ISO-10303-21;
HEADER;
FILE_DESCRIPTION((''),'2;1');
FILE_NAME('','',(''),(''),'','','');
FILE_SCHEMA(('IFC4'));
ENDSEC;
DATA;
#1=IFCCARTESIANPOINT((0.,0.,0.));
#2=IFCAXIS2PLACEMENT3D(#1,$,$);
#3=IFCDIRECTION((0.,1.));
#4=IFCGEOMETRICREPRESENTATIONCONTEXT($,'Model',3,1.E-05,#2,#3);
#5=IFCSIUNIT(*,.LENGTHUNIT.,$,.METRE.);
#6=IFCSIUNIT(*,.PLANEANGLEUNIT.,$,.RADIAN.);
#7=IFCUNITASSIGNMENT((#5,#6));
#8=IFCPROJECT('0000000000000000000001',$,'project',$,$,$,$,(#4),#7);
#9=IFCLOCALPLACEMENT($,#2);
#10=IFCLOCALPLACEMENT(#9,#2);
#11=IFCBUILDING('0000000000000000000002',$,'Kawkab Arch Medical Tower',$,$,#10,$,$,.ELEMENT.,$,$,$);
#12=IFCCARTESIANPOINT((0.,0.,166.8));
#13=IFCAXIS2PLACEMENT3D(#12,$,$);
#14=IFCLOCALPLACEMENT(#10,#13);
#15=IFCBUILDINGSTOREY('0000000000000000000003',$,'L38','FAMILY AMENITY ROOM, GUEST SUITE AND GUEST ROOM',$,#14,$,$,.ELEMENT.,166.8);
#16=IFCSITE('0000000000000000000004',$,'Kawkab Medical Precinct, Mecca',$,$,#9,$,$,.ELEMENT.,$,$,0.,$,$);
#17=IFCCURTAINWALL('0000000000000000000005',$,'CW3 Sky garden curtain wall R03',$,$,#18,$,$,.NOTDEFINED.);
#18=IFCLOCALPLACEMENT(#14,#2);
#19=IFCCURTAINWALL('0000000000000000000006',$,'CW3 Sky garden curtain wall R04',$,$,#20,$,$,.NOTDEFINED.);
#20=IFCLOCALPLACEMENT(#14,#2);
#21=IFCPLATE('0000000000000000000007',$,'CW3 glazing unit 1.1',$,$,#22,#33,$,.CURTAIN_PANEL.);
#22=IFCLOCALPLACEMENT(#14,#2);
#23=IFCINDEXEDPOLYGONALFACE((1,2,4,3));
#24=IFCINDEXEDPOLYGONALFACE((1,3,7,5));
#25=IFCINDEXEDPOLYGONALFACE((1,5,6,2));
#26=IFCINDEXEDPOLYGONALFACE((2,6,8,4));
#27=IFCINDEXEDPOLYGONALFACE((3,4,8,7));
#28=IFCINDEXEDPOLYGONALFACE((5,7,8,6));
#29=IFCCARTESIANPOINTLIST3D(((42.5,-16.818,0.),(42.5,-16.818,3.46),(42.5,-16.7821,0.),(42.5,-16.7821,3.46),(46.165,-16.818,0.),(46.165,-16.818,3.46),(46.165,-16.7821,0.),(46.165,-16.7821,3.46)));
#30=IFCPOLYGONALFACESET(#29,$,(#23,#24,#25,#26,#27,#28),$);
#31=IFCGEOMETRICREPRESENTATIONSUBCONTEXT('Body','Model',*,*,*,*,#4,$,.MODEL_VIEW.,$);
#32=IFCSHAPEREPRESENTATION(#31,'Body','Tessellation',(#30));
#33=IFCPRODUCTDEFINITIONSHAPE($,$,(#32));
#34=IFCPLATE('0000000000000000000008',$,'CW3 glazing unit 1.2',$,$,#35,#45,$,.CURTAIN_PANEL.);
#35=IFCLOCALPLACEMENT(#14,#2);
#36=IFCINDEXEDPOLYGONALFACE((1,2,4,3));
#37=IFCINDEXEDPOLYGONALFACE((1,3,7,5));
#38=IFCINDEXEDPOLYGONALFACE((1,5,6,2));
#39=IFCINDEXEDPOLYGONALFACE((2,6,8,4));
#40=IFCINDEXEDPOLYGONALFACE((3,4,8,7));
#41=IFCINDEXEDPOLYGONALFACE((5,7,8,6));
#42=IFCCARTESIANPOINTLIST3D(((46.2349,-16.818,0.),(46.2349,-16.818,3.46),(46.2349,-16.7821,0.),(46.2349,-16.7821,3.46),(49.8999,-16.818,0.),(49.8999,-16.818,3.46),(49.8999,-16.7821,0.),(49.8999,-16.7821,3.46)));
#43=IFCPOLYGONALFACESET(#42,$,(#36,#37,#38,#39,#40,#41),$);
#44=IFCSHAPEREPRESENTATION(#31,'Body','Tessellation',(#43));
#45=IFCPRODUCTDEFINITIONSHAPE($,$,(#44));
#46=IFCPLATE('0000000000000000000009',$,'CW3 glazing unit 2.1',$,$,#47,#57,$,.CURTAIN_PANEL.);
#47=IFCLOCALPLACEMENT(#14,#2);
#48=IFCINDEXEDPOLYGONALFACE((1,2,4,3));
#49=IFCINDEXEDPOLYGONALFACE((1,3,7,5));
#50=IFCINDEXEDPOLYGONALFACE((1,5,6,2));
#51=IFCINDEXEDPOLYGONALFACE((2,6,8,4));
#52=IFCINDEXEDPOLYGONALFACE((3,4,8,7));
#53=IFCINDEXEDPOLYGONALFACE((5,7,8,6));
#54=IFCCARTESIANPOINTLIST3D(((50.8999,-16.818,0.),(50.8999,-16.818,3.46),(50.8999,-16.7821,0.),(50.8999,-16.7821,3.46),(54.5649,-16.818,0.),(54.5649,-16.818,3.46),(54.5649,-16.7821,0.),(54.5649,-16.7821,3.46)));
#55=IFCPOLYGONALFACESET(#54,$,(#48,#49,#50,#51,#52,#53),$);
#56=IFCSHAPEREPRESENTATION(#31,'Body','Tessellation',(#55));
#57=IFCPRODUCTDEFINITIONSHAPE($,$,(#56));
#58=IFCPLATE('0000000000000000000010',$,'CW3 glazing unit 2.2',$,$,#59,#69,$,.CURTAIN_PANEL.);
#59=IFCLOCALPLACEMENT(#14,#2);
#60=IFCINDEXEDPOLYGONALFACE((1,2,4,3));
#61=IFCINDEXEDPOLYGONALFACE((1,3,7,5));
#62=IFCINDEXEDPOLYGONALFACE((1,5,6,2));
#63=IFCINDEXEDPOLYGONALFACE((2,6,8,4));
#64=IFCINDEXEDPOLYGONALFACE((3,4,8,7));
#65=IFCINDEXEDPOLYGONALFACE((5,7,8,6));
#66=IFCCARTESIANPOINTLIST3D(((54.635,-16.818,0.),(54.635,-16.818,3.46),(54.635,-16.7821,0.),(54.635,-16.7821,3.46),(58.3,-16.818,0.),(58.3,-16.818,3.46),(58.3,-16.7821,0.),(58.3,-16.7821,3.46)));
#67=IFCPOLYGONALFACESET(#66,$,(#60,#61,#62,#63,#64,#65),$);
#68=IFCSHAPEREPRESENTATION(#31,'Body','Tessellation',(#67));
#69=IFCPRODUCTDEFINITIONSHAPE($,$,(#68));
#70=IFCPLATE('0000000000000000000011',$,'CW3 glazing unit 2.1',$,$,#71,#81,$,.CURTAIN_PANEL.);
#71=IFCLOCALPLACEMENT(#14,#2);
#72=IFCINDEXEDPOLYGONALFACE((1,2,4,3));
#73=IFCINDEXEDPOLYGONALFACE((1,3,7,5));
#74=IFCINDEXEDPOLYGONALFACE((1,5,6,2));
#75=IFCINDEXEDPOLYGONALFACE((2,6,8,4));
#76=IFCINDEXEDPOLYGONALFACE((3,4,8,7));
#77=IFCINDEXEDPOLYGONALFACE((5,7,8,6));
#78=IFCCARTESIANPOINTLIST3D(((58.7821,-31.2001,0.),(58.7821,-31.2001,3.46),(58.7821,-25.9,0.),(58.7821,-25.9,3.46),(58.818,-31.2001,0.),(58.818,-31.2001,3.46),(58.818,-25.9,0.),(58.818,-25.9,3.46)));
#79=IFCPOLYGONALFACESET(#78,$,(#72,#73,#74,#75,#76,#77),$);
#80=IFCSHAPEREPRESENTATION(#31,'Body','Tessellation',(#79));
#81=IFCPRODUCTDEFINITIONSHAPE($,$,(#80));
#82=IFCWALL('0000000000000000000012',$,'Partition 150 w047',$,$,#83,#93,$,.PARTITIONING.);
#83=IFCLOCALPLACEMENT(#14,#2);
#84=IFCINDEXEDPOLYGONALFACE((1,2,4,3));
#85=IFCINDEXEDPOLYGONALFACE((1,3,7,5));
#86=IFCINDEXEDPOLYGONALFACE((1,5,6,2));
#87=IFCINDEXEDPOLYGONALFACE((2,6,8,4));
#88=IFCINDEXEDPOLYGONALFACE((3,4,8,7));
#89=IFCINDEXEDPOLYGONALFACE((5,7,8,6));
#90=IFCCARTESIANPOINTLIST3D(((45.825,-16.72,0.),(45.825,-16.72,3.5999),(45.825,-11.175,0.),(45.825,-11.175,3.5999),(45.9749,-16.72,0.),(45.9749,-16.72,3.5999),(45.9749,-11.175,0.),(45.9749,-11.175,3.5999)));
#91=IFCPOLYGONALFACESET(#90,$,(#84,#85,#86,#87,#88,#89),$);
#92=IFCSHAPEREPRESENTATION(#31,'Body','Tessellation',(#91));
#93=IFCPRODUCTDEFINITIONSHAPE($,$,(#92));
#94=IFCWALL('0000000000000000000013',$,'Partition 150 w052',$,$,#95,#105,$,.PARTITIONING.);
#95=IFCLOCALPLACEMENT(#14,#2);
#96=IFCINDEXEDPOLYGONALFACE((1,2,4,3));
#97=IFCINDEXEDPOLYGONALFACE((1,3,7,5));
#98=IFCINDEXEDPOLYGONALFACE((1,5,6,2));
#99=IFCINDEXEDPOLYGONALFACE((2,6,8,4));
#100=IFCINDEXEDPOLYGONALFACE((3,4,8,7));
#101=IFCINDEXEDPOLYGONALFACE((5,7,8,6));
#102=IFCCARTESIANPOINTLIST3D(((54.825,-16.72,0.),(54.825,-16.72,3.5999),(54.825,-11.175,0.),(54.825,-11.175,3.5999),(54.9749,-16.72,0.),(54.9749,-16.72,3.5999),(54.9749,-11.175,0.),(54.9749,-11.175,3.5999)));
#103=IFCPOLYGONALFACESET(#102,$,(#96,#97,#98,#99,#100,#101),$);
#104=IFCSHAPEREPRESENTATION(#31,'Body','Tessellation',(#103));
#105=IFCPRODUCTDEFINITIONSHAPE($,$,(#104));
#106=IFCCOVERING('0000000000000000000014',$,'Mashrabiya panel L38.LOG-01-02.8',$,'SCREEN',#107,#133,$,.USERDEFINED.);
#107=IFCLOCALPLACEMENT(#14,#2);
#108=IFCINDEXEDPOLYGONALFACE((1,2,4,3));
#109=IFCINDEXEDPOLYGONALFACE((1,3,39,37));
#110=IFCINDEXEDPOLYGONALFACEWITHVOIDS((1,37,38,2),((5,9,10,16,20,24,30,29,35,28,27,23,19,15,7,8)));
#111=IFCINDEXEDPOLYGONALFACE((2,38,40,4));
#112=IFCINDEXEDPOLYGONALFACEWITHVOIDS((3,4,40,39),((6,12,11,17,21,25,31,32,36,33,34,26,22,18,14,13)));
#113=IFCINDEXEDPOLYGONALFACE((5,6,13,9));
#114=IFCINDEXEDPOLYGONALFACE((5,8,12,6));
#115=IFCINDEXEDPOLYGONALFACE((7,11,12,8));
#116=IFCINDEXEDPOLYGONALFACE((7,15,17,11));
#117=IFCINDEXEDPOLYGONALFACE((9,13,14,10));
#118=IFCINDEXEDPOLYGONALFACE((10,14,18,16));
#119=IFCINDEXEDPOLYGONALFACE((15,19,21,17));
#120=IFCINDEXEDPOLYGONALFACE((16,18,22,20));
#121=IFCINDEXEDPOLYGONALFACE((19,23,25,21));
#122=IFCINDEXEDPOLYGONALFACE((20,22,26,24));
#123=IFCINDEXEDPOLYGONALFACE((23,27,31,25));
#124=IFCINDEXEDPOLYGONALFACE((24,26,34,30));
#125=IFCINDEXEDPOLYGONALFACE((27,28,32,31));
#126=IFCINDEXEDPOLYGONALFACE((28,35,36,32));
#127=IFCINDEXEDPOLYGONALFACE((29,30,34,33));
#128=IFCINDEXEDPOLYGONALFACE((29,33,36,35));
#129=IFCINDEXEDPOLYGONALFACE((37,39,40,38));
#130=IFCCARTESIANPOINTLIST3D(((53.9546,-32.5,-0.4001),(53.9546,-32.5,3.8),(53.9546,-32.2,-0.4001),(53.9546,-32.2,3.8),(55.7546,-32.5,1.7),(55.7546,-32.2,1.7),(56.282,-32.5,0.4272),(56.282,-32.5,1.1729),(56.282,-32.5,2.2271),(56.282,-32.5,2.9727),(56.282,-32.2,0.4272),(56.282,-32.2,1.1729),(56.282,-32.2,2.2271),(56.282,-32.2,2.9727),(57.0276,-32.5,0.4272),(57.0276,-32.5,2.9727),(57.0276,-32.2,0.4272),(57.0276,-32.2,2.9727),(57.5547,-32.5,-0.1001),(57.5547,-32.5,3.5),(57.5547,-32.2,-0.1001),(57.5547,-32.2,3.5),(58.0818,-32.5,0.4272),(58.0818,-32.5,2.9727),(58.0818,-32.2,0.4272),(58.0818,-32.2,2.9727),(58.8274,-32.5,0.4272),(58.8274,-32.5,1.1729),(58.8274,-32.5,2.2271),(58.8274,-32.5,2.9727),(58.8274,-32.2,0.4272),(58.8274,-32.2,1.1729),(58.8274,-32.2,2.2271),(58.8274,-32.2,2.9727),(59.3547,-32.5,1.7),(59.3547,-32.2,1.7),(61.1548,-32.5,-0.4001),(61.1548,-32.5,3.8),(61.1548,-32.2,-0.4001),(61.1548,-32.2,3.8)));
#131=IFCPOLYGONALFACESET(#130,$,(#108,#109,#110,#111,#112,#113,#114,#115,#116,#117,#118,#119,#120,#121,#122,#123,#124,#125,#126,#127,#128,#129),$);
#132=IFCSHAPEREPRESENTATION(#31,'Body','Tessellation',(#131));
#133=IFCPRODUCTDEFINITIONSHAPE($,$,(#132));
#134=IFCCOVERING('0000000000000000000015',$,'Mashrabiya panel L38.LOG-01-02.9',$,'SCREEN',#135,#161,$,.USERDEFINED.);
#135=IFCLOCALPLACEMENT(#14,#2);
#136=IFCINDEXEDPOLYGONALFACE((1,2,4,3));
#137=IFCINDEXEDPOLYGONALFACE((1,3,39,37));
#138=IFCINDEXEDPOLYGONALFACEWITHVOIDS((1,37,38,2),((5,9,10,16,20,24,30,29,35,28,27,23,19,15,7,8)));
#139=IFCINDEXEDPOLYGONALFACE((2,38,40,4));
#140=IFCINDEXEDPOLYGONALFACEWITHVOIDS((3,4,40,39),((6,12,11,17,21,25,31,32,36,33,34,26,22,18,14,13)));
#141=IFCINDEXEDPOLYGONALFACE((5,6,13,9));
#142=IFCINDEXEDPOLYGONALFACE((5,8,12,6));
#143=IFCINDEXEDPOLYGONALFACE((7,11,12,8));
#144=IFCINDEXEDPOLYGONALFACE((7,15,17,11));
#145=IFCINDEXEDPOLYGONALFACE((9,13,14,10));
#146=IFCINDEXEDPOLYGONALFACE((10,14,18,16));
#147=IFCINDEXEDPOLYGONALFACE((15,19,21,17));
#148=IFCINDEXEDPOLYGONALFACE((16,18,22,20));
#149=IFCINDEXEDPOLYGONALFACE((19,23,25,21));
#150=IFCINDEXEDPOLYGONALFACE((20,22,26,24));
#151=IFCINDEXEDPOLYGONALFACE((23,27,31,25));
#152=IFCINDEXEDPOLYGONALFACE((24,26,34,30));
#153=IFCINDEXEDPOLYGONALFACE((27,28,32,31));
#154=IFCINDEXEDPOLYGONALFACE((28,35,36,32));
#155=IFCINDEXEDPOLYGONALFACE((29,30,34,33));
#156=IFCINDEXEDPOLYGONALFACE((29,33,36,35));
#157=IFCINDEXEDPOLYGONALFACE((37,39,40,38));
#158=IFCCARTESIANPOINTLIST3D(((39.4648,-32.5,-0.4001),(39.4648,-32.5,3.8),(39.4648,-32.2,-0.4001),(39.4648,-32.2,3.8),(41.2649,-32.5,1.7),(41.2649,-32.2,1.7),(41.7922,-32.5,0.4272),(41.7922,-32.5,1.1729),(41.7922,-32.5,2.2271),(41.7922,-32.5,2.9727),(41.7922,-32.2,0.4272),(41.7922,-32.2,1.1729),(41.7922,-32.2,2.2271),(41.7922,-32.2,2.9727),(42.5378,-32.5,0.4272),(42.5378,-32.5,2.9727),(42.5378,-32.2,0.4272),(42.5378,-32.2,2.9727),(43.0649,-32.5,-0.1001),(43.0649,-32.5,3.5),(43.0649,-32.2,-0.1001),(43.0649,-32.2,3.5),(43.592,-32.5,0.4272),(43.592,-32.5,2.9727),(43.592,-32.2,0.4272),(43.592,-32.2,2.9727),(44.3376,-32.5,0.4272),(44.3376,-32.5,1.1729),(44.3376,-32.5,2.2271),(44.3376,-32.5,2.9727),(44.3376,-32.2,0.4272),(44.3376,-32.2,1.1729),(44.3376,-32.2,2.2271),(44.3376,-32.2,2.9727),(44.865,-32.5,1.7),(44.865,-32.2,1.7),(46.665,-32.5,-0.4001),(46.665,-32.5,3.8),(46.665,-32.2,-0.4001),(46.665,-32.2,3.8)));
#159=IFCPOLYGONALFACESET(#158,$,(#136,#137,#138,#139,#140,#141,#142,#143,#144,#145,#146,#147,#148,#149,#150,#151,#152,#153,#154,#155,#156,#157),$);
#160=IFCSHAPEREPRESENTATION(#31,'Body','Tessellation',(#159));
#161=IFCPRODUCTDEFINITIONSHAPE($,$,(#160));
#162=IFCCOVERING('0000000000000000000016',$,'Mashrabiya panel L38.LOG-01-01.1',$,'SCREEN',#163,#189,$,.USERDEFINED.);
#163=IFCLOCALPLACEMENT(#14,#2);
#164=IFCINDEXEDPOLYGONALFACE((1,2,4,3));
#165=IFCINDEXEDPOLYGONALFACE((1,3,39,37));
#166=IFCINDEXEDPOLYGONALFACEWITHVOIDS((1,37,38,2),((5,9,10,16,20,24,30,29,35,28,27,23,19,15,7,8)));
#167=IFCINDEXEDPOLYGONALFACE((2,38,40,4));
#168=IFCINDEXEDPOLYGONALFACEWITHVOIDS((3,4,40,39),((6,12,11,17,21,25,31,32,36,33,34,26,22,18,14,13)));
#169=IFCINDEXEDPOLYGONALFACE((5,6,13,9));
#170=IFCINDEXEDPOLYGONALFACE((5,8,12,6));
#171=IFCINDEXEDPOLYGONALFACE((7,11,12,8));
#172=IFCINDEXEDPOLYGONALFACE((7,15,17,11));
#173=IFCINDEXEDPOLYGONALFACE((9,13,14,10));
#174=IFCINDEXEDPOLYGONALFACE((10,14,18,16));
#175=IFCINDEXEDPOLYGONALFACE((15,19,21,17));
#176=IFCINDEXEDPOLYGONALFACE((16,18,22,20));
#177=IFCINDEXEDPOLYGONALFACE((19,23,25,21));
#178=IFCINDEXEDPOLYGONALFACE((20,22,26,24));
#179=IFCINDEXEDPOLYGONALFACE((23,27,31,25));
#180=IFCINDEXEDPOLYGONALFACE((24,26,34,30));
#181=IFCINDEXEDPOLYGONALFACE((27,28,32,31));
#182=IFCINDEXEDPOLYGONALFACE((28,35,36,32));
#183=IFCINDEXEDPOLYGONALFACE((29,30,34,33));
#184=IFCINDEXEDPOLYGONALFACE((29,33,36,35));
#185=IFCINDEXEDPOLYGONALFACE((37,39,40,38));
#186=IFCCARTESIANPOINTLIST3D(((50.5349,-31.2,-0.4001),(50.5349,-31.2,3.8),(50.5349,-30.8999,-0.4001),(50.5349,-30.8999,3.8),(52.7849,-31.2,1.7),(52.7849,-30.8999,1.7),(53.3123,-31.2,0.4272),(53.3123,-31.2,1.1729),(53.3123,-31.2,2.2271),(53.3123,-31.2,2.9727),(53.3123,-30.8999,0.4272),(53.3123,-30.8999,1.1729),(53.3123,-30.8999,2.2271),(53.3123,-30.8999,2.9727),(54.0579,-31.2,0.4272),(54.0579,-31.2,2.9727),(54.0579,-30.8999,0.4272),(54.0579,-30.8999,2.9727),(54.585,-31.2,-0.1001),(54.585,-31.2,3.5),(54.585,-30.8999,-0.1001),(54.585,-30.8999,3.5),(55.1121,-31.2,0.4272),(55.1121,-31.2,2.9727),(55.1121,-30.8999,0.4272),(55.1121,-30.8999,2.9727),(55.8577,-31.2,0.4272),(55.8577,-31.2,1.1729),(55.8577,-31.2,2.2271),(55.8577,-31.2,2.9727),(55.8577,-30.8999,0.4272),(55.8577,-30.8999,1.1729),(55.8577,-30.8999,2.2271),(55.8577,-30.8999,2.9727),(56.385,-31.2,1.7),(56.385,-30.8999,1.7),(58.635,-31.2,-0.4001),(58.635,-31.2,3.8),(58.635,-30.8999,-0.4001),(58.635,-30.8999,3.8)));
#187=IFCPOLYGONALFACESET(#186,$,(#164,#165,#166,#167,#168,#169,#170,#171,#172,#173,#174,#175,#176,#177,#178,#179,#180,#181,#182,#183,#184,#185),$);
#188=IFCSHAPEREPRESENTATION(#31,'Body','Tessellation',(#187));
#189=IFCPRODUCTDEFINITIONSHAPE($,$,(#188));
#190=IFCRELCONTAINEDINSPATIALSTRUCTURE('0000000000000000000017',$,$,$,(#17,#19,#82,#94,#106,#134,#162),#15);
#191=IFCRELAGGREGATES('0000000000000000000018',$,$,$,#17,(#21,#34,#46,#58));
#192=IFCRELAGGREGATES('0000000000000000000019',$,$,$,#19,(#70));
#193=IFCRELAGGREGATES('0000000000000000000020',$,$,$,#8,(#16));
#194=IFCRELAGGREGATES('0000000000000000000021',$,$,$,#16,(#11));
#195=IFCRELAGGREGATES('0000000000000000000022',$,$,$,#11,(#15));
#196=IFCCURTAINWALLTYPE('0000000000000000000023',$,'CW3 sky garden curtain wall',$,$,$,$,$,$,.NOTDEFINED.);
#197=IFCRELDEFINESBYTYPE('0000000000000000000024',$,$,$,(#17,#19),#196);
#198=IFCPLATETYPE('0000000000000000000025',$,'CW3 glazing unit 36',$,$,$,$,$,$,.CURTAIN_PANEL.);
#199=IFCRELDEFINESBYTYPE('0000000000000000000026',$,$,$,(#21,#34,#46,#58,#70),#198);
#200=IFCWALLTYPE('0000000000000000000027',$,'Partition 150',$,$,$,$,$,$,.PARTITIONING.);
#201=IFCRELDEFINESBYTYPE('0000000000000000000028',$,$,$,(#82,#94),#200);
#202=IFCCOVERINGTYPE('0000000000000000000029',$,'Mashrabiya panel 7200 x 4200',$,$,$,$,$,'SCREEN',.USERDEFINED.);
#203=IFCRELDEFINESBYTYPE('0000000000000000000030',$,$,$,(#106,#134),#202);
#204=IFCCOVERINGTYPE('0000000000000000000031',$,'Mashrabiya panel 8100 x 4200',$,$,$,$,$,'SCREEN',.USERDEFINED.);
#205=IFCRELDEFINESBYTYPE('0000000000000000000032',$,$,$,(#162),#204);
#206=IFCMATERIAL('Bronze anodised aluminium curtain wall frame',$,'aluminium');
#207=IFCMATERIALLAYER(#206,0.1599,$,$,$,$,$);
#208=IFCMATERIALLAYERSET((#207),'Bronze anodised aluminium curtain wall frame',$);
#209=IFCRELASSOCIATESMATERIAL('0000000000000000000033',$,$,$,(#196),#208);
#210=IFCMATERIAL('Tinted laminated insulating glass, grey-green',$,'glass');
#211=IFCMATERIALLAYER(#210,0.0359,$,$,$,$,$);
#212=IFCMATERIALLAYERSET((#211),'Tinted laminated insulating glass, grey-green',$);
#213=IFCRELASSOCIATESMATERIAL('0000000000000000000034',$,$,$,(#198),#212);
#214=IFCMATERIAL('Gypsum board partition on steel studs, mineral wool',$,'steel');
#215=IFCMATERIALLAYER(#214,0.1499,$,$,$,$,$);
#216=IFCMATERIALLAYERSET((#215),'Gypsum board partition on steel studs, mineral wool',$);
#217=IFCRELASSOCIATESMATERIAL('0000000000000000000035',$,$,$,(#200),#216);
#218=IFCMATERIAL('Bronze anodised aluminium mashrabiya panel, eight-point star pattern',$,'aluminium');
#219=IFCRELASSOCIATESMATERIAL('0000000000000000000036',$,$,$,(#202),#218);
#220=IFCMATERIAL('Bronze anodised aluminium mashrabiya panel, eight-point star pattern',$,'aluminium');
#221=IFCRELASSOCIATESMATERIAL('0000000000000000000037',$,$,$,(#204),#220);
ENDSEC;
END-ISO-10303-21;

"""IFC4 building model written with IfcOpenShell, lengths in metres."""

from ifc_helpers import new_model, si_unit, direction, frame, frame_2d, origin, origin_2d, place, context, subcontext, project, spatial, polyline, rectangle, outline, extrude, material, layer, layer_set, material_profile, profile_set, type_object, element, aggregate, save


model = new_model("IFC4")

# Units and contexts
model_context = context("Model", 3, precision=1e-05, world=origin(), true_north=direction((0.0, 1.0)))
body_context = subcontext(model_context, "Body", "Model", "MODEL_VIEW")
ifc_project = project(units=[si_unit("LENGTHUNIT", "METRE"), si_unit("PLANEANGLEUNIT", "RADIAN")], contexts=[model_context])

# Site, building, storey
site_placement = place(None, origin())
site = spatial("IfcSite", under=ifc_project, at=site_placement, Name="Kawkab Medical Precinct, Mecca", CompositionType="ELEMENT", RefElevation=0.0)
building_placement = place(site_placement, origin())
building = spatial("IfcBuilding", under=site, at=building_placement, Name="Kawkab Arch Medical Tower", CompositionType="ELEMENT")
storey_placement = place(building_placement, frame((0.0, 0.0, 166.8)))
storey = spatial("IfcBuildingStorey", under=building, at=storey_placement, Name="L38", Description="FAMILY AMENITY ROOM, GUEST SUITE AND GUEST ROOM", CompositionType="ELEMENT", Elevation=166.8)

# Shared definitions
placement = place(storey_placement, origin())

# Curtain wall
ifc_material_1 = material(Name="Bronze anodised aluminium curtain wall frame", Category="aluminium")
ifc_layer_1 = layer(ifc_material_1, 0.1599)
ifc_layer_set_1 = layer_set([ifc_layer_1], Name="Bronze anodised aluminium curtain wall frame")
curtain_wall_type_1 = type_object("IfcCurtainWallType", Name="CW3 sky garden curtain wall", PredefinedType="NOTDEFINED", material=ifc_layer_set_1)
curtain_wall_1 = element("IfcCurtainWall", 1, at=placement, inside=storey, type_object=curtain_wall_type_1, Name="CW3 Sky garden curtain wall R03", PredefinedType="NOTDEFINED")

# Curtain wall
curtain_wall_2 = element("IfcCurtainWall", 2, at=placement, inside=storey, type_object=curtain_wall_type_1, Name="CW3 Sky garden curtain wall R04", PredefinedType="NOTDEFINED")

# Plates
ifc_material_2 = material(Name="Tinted laminated insulating glass, grey-green", Category="glass")
ifc_layer_2 = layer(ifc_material_2, 0.0359)
ifc_layer_set_2 = layer_set([ifc_layer_2], Name="Tinted laminated insulating glass, grey-green")
plate_type = type_object("IfcPlateType", Name="CW3 glazing unit 36", PredefinedType="CURTAIN_PANEL", material=ifc_layer_set_2)
plate_1_placement = place(storey_placement, frame((44.3325, -16.8, 0.0), z_axis=(0.0, 0.0, 1.0), x_axis=(1.0, 0.0, 0.0)))
plate_1 = element("IfcPlate", 3, at=plate_1_placement, type_object=plate_type, Name="CW3 glazing unit 1.1", PredefinedType="CURTAIN_PANEL", context=body_context, shape_type="SweptSolid", body=[
    extrude(rectangle(XDim=3.665, YDim=0.0359, at=origin_2d()), origin(), (0.0, 0.0, 1.0), 3.46),
])
plate_2_placement = place(storey_placement, frame((48.0674, -16.8, 0.0), z_axis=(0.0, 0.0, 1.0), x_axis=(1.0, 0.0, 0.0)))
plate_2 = element("IfcPlate", 4, at=plate_2_placement, type_object=plate_type, Name="CW3 glazing unit 1.2", PredefinedType="CURTAIN_PANEL", context=body_context, shape_type="SweptSolid", body=[
    extrude(rectangle(XDim=3.665, YDim=0.0359, at=origin_2d()), origin(), (0.0, 0.0, 1.0), 3.46),
])
plate_3_placement = place(storey_placement, frame((52.7324, -16.8, 0.0), z_axis=(0.0, 0.0, 1.0), x_axis=(1.0, 0.0, 0.0)))
plate_3 = element("IfcPlate", 5, at=plate_3_placement, type_object=plate_type, Name="CW3 glazing unit 2.1", PredefinedType="CURTAIN_PANEL", context=body_context, shape_type="SweptSolid", body=[
    extrude(rectangle(XDim=3.665, YDim=0.0359, at=origin_2d()), origin(), (0.0, 0.0, 1.0), 3.46),
])
plate_4_placement = place(storey_placement, frame((56.4675, -16.8, 0.0), z_axis=(0.0, 0.0, 1.0), x_axis=(1.0, 0.0, 0.0)))
plate_4 = element("IfcPlate", 6, at=plate_4_placement, type_object=plate_type, Name="CW3 glazing unit 2.2", PredefinedType="CURTAIN_PANEL", context=body_context, shape_type="SweptSolid", body=[
    extrude(rectangle(XDim=3.665, YDim=0.0359, at=origin_2d()), origin(), (0.0, 0.0, 1.0), 3.46),
])
aggregate(curtain_wall_1, [plate_1, plate_2, plate_3, plate_4])
plate_5_placement = place(storey_placement, frame((58.8, -28.55, 0.0), z_axis=(0.0, 0.0, 1.0), x_axis=(0.0, -1.0, 0.0)))
plate_5 = element("IfcPlate", 7, at=plate_5_placement, type_object=plate_type, Name="CW3 glazing unit 2.1", PredefinedType="CURTAIN_PANEL", context=body_context, shape_type="SweptSolid", body=[
    extrude(rectangle(XDim=5.3, YDim=0.0359, at=origin_2d()), origin(), (0.0, 0.0, 1.0), 3.46),
])
aggregate(curtain_wall_2, [plate_5])

# Walls
ifc_material_3 = material(Name="Gypsum board partition on steel studs, mineral wool", Category="steel")
ifc_layer_3 = layer(ifc_material_3, 0.1499)
ifc_layer_set_3 = layer_set([ifc_layer_3], Name="Gypsum board partition on steel studs, mineral wool")
wall_type = type_object("IfcWallType", Name="Partition 150", PredefinedType="PARTITIONING", material=ifc_layer_set_3)
for number, where, z_axis, x_axis, name in (
    (8, (45.8999, -16.72, 0.0), (0.0, 0.0, 1.0), (0.0, 1.0, 0.0), "Partition 150 w047"),
    (9, (54.8999, -16.72, 0.0), (0.0, 0.0, 1.0), (0.0, 1.0, 0.0), "Partition 150 w052"),
):
    element("IfcWall", number, at=place(storey_placement, frame(where, z_axis=z_axis, x_axis=x_axis)), inside=storey, type_object=wall_type, Name=name, PredefinedType="PARTITIONING", context=body_context, shape_type="SweptSolid", body=[
        extrude(rectangle(XDim=5.5449, YDim=0.1499, at=frame_2d((2.7725, 0.0))), origin(), (0.0, 0.0, 1.0), 3.5999),
    ])

# Coverings
ifc_material_4 = material(Name="Bronze anodised aluminium mashrabiya panel, eight-point star pattern", Category="aluminium")
ifc_material_profile_1 = material_profile(ifc_material_4, outline(polyline([(-3.6001, -2.1001), (3.6001, -2.1001), (3.6001, 2.1001), (-3.6001, 2.1001), (-3.6001, -2.1001)]), holes=[polyline([(1.8, 0.0), (1.2727, 0.5271), (1.2727, 1.2727), (0.5271, 1.2727), (0.0, 1.8), (-0.5271, 1.2727), (-1.2727, 1.2727), (-1.2727, 0.5271), (-1.8, 0.0), (-1.2727, -0.5271), (-1.2727, -1.2727), (-0.5271, -1.2727), (0.0, -1.8), (0.5271, -1.2727), (1.2727, -1.2727), (1.2727, -0.5271), (1.8, 0.0)])]), Name="Mashrabiya panel 7200x4200")
ifc_profile_set_1 = profile_set([ifc_material_profile_1], Name="Bronze anodised aluminium mashrabiya panel, eight-point star pattern")
covering_type_1 = type_object("IfcCoveringType", Name="Mashrabiya panel 7200 x 4200", ElementType="SCREEN", PredefinedType="USERDEFINED", material=ifc_profile_set_1)
for number, where, z_axis, x_axis, name in (
    (10, (57.5547, -32.2, 1.7), (0.0, -1.0, 0.0), (1.0, 0.0, 0.0), "Mashrabiya panel L38.LOG-01-02.8"),
    (11, (43.0649, -32.2, 1.7), (0.0, -1.0, 0.0), (1.0, 0.0, 0.0), "Mashrabiya panel L38.LOG-01-02.9"),
):
    element("IfcCovering", number, at=place(storey_placement, frame(where, z_axis=z_axis, x_axis=x_axis)), inside=storey, type_object=covering_type_1, Name=name, ObjectType="SCREEN", PredefinedType="USERDEFINED", context=body_context, shape_type="SweptSolid", body=[
        extrude(outline(polyline([(-3.6001, -2.1001), (3.6001, -2.1001), (3.6001, 2.1001), (-3.6001, 2.1001), (-3.6001, -2.1001)]), holes=[polyline([(1.8, 0.0), (1.2727, 0.5271), (1.2727, 1.2727), (0.5271, 1.2727), (0.0, 1.8), (-0.5271, 1.2727), (-1.2727, 1.2727), (-1.2727, 0.5271), (-1.8, 0.0), (-1.2727, -0.5271), (-1.2727, -1.2727), (-0.5271, -1.2727), (0.0, -1.8), (0.5271, -1.2727), (1.2727, -1.2727), (1.2727, -0.5271), (1.8, 0.0)])]), origin(), (0.0, 0.0, 1.0), 0.3),
    ])
ifc_material_5 = material(Name="Bronze anodised aluminium mashrabiya panel, eight-point star pattern", Category="aluminium")
ifc_material_profile_2 = material_profile(ifc_material_5, outline(polyline([(-4.05, -2.1001), (4.05, -2.1001), (4.05, 2.1001), (-4.05, 2.1001), (-4.05, -2.1001)]), holes=[polyline([(1.8, 0.0), (1.2727, 0.5271), (1.2727, 1.2727), (0.5271, 1.2727), (0.0, 1.8), (-0.5271, 1.2727), (-1.2727, 1.2727), (-1.2727, 0.5271), (-1.8, 0.0), (-1.2727, -0.5271), (-1.2727, -1.2727), (-0.5271, -1.2727), (0.0, -1.8), (0.5271, -1.2727), (1.2727, -1.2727), (1.2727, -0.5271), (1.8, 0.0)])]), Name="Mashrabiya panel 8100x4200")
ifc_profile_set_2 = profile_set([ifc_material_profile_2], Name="Bronze anodised aluminium mashrabiya panel, eight-point star pattern")
covering_type_2 = type_object("IfcCoveringType", Name="Mashrabiya panel 8100 x 4200", ElementType="SCREEN", PredefinedType="USERDEFINED", material=ifc_profile_set_2)
covering_1_placement = place(storey_placement, frame((54.585, -31.2, 1.7), z_axis=(0.0, 1.0, 0.0), x_axis=(-1.0, 0.0, 0.0)))
element("IfcCovering", 12, at=covering_1_placement, inside=storey, type_object=covering_type_2, Name="Mashrabiya panel L38.LOG-01-01.1", ObjectType="SCREEN", PredefinedType="USERDEFINED", context=body_context, shape_type="SweptSolid", body=[
    extrude(outline(polyline([(-4.05, -2.1001), (4.05, -2.1001), (4.05, 2.1001), (-4.05, 2.1001), (-4.05, -2.1001)]), holes=[polyline([(1.8, 0.0), (1.2727, 0.5271), (1.2727, 1.2727), (0.5271, 1.2727), (0.0, 1.8), (-0.5271, 1.2727), (-1.2727, 1.2727), (-1.2727, 0.5271), (-1.8, 0.0), (-1.2727, -0.5271), (-1.2727, -1.2727), (-0.5271, -1.2727), (0.0, -1.8), (0.5271, -1.2727), (1.2727, -1.2727), (1.2727, -0.5271), (1.8, 0.0)])]), origin(), (0.0, 0.0, 1.0), 0.3),
])

save(model, "model.ifc")
